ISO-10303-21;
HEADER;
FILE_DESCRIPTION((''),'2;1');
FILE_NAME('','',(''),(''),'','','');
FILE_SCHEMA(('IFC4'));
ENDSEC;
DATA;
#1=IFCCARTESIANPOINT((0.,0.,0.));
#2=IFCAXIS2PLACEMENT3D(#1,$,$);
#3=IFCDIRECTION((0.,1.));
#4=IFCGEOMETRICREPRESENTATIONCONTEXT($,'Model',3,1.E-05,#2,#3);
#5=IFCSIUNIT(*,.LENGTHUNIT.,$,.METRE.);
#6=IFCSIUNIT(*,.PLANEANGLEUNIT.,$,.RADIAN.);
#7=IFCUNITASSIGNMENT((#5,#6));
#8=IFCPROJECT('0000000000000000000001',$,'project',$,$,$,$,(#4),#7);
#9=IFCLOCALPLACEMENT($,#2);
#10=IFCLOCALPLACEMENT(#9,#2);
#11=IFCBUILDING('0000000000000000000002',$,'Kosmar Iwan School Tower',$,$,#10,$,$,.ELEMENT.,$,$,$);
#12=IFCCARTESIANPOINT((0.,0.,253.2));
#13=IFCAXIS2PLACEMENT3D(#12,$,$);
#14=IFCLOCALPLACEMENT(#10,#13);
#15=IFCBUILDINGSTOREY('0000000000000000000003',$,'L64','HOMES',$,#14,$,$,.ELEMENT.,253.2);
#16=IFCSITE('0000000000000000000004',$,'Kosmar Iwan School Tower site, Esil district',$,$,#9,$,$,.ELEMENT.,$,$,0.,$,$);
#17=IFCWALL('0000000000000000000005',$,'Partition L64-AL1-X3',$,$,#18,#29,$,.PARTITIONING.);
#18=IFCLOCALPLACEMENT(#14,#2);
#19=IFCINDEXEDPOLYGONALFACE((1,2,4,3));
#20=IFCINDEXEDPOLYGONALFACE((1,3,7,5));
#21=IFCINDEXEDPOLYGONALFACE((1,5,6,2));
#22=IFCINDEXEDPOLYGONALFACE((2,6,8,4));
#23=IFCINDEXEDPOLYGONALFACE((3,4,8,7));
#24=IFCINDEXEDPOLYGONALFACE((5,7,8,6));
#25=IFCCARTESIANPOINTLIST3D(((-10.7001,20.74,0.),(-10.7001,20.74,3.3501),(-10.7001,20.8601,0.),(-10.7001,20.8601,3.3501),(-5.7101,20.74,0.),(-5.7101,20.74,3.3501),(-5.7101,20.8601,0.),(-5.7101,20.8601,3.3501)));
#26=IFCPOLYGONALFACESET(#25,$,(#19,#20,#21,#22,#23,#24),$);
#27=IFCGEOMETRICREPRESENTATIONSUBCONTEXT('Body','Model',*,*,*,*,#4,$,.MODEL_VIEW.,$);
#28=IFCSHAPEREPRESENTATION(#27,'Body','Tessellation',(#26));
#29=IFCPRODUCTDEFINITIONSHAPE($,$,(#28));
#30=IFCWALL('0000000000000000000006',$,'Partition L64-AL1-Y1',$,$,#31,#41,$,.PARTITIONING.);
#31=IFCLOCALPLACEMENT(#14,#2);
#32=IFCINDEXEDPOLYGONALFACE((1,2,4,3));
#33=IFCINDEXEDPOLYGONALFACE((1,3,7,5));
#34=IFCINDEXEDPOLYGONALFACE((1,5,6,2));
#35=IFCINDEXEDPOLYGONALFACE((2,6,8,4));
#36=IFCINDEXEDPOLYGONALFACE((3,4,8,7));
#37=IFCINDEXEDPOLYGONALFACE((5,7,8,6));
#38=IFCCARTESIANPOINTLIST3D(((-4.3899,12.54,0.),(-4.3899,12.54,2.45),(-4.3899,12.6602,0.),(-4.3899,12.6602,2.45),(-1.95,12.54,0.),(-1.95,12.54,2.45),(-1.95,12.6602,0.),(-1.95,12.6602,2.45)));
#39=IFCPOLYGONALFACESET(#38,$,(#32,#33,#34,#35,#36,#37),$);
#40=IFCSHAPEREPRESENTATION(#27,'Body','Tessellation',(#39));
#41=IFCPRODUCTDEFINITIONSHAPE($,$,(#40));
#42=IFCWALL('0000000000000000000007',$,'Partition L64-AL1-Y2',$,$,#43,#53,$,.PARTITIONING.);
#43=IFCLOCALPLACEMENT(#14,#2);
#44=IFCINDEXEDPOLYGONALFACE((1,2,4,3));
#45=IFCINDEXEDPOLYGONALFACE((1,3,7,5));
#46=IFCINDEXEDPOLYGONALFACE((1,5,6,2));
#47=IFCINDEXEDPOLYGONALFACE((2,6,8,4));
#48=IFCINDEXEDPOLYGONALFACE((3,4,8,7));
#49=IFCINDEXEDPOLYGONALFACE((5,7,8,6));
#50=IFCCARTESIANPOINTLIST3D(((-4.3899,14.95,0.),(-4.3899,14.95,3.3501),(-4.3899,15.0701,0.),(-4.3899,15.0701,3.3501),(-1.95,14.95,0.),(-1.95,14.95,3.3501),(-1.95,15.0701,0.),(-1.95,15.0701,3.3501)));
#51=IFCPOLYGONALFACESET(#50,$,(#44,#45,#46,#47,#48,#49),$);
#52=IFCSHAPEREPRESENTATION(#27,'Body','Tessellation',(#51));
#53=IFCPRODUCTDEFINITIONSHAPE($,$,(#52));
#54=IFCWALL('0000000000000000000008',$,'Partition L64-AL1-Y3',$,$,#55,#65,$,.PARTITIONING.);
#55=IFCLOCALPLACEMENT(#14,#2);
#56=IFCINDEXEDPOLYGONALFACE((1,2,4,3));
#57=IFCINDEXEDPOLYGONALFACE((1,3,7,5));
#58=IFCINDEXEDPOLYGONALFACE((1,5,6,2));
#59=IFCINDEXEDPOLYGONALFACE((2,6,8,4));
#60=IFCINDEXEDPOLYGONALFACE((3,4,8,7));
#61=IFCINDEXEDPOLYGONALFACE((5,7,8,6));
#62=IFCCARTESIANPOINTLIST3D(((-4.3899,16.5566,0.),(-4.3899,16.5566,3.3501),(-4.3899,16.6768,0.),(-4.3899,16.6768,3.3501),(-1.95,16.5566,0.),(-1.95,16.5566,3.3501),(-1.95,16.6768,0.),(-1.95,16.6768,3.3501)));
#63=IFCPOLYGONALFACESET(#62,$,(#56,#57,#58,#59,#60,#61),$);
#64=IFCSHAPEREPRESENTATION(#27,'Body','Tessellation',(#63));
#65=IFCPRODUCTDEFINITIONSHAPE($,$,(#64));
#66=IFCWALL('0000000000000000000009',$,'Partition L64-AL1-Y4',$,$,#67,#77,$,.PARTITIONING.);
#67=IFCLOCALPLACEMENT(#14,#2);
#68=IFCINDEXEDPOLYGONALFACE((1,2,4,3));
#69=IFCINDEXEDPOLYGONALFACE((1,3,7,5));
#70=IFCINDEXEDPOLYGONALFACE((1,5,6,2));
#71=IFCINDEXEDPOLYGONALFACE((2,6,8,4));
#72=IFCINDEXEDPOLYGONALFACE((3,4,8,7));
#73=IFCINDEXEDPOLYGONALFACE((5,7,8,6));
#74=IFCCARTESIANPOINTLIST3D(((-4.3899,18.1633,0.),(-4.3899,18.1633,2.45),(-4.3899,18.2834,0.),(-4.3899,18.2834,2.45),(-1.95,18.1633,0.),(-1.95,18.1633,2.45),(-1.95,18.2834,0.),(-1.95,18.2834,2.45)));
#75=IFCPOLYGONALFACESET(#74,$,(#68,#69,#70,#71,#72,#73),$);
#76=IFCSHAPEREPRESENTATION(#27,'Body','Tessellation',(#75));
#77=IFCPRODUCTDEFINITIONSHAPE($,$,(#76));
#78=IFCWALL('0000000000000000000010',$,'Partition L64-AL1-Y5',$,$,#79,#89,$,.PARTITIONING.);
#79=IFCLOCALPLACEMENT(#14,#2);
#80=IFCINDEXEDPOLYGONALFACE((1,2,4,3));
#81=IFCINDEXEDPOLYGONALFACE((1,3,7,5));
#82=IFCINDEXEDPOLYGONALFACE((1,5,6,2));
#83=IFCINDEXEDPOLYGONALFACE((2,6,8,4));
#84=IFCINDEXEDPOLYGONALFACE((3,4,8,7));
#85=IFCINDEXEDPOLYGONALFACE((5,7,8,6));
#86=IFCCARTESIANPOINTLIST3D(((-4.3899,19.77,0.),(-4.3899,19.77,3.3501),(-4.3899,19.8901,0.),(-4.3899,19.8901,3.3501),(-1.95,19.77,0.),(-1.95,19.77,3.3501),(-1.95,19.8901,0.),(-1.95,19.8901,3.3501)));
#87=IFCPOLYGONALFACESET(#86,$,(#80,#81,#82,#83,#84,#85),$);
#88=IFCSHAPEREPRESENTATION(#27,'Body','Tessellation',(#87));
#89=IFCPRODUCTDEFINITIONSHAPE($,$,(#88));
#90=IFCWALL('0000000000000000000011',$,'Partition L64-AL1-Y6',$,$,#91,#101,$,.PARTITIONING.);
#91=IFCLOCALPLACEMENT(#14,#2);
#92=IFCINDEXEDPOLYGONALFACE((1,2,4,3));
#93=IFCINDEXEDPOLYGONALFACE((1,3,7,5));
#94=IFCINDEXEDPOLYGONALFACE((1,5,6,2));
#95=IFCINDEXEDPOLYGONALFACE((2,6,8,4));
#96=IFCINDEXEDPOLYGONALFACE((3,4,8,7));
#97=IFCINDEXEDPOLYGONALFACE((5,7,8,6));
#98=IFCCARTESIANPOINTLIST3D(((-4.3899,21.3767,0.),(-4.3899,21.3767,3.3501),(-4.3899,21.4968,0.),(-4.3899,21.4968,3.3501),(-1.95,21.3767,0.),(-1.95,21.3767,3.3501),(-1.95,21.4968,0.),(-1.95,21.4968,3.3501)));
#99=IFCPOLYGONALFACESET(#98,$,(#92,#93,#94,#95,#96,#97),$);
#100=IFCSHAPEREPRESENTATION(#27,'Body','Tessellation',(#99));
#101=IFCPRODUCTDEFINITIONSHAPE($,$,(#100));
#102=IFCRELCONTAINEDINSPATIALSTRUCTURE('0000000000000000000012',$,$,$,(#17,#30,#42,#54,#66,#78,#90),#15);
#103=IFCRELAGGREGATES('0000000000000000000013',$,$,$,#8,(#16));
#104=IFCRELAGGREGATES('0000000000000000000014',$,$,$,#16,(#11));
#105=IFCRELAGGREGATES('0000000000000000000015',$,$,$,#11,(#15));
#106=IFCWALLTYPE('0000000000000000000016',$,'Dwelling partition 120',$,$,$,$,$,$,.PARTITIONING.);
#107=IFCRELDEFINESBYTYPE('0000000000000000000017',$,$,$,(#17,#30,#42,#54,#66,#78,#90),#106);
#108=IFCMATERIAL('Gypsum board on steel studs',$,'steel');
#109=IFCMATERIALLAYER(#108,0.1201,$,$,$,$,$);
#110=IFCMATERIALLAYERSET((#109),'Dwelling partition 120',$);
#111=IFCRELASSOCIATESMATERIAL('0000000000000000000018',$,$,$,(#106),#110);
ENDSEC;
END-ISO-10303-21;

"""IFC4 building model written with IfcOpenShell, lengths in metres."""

from ifc_helpers import new_model, si_unit, direction, frame, frame_2d, origin, place, context, subcontext, project, spatial, rectangle, extrude, material, layer, layer_set, type_object, element, save


model = new_model("IFC4")

# Units and contexts
model_context = context("Model", 3, precision=1e-05, world=origin(), true_north=direction((0.0, 1.0)))
body_context = subcontext(model_context, "Body", "Model", "MODEL_VIEW")
ifc_project = project(units=[si_unit("LENGTHUNIT", "METRE"), si_unit("PLANEANGLEUNIT", "RADIAN")], contexts=[model_context])

# Site, building, storey
site_placement = place(None, origin())
site = spatial("IfcSite", under=ifc_project, at=site_placement, Name="Kosmar Iwan School Tower site, Esil district", CompositionType="ELEMENT", RefElevation=0.0)
building_placement = place(site_placement, origin())
building = spatial("IfcBuilding", under=site, at=building_placement, Name="Kosmar Iwan School Tower", CompositionType="ELEMENT")
storey_placement = place(building_placement, frame((0.0, 0.0, 253.2)))
storey = spatial("IfcBuildingStorey", under=building, at=storey_placement, Name="L64", Description="HOMES", CompositionType="ELEMENT", Elevation=253.2)

# Shared definitions
ifc_material_1 = material(Name="Gypsum board on steel studs", Category="steel")
ifc_layer_1 = layer(ifc_material_1, 0.1201)
ifc_layer_set_1 = layer_set([ifc_layer_1], Name="Dwelling partition 120")
wall_type_1 = type_object("IfcWallType", Name="Dwelling partition 120", PredefinedType="PARTITIONING", material=ifc_layer_set_1)

# Walls
wall_1_placement = place(storey_placement, frame((-5.71, 20.8, 0.0), z_axis=(0.0, 0.0, 1.0), x_axis=(-1.0, 0.0, 0.0)))
element("IfcWall", 1, at=wall_1_placement, inside=storey, type_object=wall_type_1, Name="Partition L64-AL1-X3", PredefinedType="PARTITIONING", context=body_context, shape_type="SweptSolid", body=[
    extrude(rectangle(XDim=4.99, YDim=0.1201, at=frame_2d((2.4951, 0.0))), origin(), (0.0, 0.0, 1.0), 3.3501),
])
wall_2_placement = place(storey_placement, frame((-1.95, 12.6001, 0.0), z_axis=(0.0, 0.0, 1.0), x_axis=(-1.0, 0.0, 0.0)))
element("IfcWall", 2, at=wall_2_placement, inside=storey, type_object=wall_type_1, Name="Partition L64-AL1-Y1", PredefinedType="PARTITIONING", context=body_context, shape_type="SweptSolid", body=[
    extrude(rectangle(XDim=2.4399, YDim=0.1201, at=frame_2d((1.22, 0.0))), origin(), (0.0, 0.0, 1.0), 2.45),
])
for number, where, z_axis, x_axis, name in (
    (3, (-1.95, 15.01, 0.0), (0.0, 0.0, 1.0), (-1.0, 0.0, 0.0), "Partition L64-AL1-Y2"),
    (4, (-1.95, 16.6167, 0.0), (0.0, 0.0, 1.0), (-1.0, 0.0, 0.0), "Partition L64-AL1-Y3"),
):
    element("IfcWall", number, at=place(storey_placement, frame(where, z_axis=z_axis, x_axis=x_axis)), inside=storey, type_object=wall_type_1, Name=name, PredefinedType="PARTITIONING", context=body_context, shape_type="SweptSolid", body=[
        extrude(rectangle(XDim=2.4399, YDim=0.1201, at=frame_2d((1.22, 0.0))), origin(), (0.0, 0.0, 1.0), 3.3501),
    ])
wall_3_placement = place(storey_placement, frame((-1.95, 18.2234, 0.0), z_axis=(0.0, 0.0, 1.0), x_axis=(-1.0, 0.0, 0.0)))
element("IfcWall", 5, at=wall_3_placement, inside=storey, type_object=wall_type_1, Name="Partition L64-AL1-Y4", PredefinedType="PARTITIONING", context=body_context, shape_type="SweptSolid", body=[
    extrude(rectangle(XDim=2.4399, YDim=0.1201, at=frame_2d((1.22, 0.0))), origin(), (0.0, 0.0, 1.0), 2.45),
])
for number, where, z_axis, x_axis, name in (
    (6, (-1.95, 19.8301, 0.0), (0.0, 0.0, 1.0), (-1.0, 0.0, 0.0), "Partition L64-AL1-Y5"),
    (7, (-1.95, 21.4368, 0.0), (0.0, 0.0, 1.0), (-1.0, 0.0, 0.0), "Partition L64-AL1-Y6"),
):
    element("IfcWall", number, at=place(storey_placement, frame(where, z_axis=z_axis, x_axis=x_axis)), inside=storey, type_object=wall_type_1, Name=name, PredefinedType="PARTITIONING", context=body_context, shape_type="SweptSolid", body=[
        extrude(rectangle(XDim=2.4399, YDim=0.1201, at=frame_2d((1.22, 0.0))), origin(), (0.0, 0.0, 1.0), 3.3501),
    ])

save(model, "model.ifc")
